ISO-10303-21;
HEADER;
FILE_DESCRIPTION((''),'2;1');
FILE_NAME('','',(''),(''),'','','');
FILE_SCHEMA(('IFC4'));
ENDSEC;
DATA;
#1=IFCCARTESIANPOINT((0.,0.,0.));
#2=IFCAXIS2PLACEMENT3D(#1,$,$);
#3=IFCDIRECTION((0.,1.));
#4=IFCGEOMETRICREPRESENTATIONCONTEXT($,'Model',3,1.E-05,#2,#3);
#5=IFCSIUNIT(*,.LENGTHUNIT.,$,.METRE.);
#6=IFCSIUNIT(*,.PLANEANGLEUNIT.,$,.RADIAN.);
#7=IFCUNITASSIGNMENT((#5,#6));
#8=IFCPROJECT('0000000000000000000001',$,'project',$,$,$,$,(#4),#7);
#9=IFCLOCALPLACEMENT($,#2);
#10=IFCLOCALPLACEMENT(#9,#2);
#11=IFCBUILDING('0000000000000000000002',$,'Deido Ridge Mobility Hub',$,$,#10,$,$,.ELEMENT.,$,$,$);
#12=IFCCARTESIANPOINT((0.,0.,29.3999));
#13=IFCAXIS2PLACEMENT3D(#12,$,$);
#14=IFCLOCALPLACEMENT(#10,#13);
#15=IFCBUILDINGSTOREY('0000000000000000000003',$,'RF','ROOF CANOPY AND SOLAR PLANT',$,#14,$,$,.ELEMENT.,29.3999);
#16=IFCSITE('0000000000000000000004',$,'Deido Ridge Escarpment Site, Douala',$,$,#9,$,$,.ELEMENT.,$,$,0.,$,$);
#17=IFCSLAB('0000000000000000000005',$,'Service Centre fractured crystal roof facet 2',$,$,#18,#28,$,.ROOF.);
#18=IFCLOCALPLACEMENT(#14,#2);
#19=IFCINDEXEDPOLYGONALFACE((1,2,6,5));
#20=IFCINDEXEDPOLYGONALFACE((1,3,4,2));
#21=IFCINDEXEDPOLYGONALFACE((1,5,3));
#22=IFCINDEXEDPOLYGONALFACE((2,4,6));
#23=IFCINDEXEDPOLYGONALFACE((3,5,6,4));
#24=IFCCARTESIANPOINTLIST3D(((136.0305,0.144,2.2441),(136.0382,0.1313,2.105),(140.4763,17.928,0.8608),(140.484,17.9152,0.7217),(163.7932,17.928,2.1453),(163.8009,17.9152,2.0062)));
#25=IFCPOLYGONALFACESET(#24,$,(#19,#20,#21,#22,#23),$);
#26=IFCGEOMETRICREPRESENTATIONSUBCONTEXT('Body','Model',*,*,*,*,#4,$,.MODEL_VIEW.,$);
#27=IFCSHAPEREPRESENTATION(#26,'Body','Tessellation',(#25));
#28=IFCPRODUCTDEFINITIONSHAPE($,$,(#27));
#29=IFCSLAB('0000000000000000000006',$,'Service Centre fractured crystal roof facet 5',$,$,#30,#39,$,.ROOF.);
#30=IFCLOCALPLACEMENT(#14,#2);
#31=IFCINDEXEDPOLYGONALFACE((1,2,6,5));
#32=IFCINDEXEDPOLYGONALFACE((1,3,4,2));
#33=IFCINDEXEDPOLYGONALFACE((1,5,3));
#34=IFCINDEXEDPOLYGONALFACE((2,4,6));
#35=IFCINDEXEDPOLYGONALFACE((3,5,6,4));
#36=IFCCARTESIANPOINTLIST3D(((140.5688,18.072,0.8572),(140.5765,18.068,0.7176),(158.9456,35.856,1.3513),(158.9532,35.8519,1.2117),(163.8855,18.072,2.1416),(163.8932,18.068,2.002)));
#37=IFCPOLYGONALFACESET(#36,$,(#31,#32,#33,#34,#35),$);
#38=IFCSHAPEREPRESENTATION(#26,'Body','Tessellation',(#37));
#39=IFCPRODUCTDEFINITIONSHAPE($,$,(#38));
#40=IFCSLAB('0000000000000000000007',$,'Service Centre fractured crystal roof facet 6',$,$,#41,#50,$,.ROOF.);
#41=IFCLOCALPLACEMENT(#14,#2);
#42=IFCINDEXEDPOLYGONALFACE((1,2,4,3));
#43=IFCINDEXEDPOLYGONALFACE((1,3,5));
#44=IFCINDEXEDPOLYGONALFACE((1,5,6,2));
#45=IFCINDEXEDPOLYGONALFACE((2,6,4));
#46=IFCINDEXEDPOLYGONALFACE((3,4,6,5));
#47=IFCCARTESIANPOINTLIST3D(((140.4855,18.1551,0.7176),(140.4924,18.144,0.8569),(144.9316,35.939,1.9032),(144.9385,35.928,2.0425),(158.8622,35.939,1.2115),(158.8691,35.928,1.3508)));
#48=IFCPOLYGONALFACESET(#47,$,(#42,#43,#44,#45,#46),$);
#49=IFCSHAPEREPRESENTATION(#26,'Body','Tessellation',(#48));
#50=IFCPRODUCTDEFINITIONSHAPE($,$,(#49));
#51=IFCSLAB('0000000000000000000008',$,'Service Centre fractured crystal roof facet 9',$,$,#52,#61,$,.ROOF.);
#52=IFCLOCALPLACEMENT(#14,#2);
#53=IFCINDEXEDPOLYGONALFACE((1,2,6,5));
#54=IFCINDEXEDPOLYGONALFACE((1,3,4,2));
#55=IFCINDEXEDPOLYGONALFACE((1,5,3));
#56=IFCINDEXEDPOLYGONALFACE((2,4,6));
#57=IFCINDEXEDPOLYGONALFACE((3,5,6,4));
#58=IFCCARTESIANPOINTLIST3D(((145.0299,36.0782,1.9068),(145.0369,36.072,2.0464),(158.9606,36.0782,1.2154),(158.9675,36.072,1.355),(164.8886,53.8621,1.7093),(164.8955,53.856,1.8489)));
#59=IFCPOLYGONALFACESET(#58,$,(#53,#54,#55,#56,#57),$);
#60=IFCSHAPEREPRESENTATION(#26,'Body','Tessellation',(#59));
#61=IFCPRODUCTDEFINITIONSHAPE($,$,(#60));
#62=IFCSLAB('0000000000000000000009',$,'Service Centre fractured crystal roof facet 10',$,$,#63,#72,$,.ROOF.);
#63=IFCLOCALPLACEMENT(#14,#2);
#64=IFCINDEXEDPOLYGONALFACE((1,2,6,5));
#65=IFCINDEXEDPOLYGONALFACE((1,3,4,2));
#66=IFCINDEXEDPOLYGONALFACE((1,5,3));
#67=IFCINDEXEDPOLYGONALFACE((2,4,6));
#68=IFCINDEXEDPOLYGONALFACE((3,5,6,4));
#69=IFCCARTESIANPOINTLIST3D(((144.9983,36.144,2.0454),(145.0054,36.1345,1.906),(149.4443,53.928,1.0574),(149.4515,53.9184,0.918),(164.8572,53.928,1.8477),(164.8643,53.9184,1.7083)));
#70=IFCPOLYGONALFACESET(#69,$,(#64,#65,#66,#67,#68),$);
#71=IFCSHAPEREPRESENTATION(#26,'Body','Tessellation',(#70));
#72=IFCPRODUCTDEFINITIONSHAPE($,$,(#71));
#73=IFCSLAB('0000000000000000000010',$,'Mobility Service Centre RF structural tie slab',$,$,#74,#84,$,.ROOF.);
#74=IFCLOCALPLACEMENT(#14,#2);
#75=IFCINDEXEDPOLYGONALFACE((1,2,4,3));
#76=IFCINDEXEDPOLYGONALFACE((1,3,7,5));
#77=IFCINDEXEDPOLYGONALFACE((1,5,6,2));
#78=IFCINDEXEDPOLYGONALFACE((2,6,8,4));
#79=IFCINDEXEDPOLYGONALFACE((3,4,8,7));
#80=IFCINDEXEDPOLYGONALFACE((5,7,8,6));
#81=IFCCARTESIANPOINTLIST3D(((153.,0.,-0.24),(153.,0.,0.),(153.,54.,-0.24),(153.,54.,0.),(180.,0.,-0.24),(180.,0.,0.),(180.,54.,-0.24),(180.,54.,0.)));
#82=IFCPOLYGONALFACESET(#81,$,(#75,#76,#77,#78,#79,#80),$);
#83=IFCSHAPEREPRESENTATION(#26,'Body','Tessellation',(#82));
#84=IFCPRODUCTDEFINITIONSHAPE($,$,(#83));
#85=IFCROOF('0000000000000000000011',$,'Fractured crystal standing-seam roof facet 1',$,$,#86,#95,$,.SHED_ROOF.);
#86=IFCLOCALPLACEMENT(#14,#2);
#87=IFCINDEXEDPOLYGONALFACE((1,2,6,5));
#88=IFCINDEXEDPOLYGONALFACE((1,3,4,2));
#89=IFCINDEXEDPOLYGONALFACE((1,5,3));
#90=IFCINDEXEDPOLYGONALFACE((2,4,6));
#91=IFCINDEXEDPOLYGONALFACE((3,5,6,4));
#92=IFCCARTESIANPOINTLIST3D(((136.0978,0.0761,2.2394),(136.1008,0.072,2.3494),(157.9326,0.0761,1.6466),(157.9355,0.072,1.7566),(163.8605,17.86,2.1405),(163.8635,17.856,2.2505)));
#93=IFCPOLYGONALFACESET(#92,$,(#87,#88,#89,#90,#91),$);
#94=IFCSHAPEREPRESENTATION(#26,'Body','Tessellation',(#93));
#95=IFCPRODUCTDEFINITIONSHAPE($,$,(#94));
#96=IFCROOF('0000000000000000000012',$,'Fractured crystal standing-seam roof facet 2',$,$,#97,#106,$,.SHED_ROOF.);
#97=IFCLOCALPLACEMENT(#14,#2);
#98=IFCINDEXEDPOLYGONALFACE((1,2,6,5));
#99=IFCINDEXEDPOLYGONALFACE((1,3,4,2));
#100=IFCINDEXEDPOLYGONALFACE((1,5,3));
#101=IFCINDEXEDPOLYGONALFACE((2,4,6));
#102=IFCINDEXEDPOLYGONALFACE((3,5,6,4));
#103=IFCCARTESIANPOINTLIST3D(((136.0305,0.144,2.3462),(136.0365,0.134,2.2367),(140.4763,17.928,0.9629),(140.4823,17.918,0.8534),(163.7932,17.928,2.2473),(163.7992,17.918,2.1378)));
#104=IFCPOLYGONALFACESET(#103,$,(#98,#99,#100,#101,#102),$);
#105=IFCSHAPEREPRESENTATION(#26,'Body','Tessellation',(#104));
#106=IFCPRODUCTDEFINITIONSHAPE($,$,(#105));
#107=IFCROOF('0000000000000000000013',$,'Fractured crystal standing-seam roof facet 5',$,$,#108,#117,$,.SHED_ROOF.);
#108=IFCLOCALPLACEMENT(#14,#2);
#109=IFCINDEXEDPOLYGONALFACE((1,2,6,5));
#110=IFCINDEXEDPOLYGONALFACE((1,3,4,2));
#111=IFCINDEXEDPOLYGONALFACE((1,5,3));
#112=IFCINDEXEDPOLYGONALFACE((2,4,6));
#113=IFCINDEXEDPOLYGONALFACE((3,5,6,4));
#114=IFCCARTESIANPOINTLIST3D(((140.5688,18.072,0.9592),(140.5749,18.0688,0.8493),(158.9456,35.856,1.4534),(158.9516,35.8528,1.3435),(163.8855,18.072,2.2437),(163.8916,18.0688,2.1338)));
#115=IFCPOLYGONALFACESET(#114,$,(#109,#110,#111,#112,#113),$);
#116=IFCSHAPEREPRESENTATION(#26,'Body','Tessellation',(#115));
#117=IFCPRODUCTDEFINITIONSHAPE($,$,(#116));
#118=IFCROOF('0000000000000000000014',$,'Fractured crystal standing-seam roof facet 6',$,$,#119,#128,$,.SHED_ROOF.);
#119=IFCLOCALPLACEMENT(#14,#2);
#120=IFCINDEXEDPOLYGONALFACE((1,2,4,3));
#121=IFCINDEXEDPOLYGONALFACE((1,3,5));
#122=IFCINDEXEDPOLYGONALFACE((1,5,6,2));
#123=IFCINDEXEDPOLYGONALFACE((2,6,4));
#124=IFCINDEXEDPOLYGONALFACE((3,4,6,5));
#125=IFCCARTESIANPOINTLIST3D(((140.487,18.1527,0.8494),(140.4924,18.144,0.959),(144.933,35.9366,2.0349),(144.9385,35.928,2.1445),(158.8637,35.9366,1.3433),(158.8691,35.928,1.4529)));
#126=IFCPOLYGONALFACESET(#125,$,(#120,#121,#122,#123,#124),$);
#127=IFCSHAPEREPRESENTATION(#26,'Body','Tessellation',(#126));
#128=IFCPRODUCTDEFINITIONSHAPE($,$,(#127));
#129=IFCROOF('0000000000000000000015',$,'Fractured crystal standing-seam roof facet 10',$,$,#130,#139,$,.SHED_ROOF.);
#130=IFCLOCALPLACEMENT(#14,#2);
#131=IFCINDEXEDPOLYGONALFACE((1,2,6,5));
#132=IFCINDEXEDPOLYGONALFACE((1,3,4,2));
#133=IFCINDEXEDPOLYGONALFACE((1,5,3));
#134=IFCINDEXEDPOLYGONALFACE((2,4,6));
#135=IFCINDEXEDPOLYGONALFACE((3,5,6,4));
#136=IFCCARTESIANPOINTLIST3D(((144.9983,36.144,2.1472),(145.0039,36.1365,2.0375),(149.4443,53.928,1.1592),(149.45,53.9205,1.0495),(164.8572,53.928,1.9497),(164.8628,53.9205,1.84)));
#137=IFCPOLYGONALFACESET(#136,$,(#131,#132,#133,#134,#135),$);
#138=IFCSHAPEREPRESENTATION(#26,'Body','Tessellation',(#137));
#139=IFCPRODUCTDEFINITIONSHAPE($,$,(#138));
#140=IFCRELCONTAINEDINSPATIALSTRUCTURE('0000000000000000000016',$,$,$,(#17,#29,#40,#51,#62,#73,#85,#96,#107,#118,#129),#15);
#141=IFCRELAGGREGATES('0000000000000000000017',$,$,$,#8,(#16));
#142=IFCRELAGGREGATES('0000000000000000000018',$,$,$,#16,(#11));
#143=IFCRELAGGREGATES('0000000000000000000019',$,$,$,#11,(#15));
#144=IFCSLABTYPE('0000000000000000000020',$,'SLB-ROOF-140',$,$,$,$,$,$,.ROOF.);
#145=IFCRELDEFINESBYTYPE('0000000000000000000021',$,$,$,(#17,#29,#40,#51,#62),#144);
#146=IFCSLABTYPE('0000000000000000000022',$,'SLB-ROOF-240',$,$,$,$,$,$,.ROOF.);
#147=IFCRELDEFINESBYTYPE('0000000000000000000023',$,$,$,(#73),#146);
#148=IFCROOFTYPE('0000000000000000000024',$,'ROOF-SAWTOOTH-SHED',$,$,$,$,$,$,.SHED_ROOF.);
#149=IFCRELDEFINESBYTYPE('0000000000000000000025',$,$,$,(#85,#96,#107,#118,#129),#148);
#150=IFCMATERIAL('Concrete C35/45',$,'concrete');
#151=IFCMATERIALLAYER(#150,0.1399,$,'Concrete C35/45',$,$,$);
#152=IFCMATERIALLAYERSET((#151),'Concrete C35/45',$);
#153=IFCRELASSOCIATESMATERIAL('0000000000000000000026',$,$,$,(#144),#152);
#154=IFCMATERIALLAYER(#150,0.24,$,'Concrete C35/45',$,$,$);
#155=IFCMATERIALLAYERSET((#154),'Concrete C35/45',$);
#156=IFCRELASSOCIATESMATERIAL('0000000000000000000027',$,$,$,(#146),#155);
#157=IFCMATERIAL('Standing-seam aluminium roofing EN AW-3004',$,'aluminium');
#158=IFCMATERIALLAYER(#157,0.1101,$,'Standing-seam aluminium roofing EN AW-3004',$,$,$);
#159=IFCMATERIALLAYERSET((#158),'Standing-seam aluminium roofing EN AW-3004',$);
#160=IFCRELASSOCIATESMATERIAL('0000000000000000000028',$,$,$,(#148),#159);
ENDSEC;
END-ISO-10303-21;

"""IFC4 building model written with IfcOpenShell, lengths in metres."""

from ifc_helpers import new_model, si_unit, direction, frame, origin, place, context, subcontext, project, spatial, polyline, outline, extrude, material, layer, layer_set, type_object, element, save


model = new_model("IFC4")

# Units and contexts
model_context = context("Model", 3, precision=1e-05, world=origin(), true_north=direction((0.0, 1.0)))
body_context = subcontext(model_context, "Body", "Model", "MODEL_VIEW")
ifc_project = project(units=[si_unit("LENGTHUNIT", "METRE"), si_unit("PLANEANGLEUNIT", "RADIAN")], contexts=[model_context])

# Site, building, storey
site_placement = place(None, origin())
site = spatial("IfcSite", under=ifc_project, at=site_placement, Name="Deido Ridge Escarpment Site, Douala", CompositionType="ELEMENT", RefElevation=0.0)
building_placement = place(site_placement, origin())
building = spatial("IfcBuilding", under=site, at=building_placement, Name="Deido Ridge Mobility Hub", CompositionType="ELEMENT")
storey_placement = place(building_placement, frame((0.0, 0.0, 29.3999)))
storey = spatial("IfcBuildingStorey", under=building, at=storey_placement, Name="RF", Description="ROOF CANOPY AND SOLAR PLANT", CompositionType="ELEMENT", Elevation=29.3999)

# Slabs
ifc_material_1 = material(Name="Concrete C35/45", Category="concrete")
ifc_layer_1 = layer(ifc_material_1, 0.1399, Name="Concrete C35/45")
ifc_layer_set_1 = layer_set([ifc_layer_1], Name="Concrete C35/45")
slab_type_1 = type_object("IfcSlabType", Name="SLB-ROOF-140", PredefinedType="ROOF", material=ifc_layer_set_1)
slab_1_placement = place(storey_placement, frame((136.0305, 0.144, 2.2441), z_axis=(-0.054774, 0.091036, 0.99434), x_axis=(0.84205, 0.539391, -0.002999)))
element("IfcSlab", 1, at=slab_1_placement, inside=storey, type_object=slab_type_1, Name="Service Centre fractured crystal roof facet 2", PredefinedType="ROOF", context=body_context, shape_type="SweptSolid", body=[
    extrude(outline(polyline([(0.0, 0.0), (32.9704, 0.0), (13.3402, 12.6485), (0.0, 0.0)])), origin(), (0.0, 0.0, -1.0), 0.1399),
])
slab_2_placement = place(storey_placement, frame((140.5688, 18.072, 0.8572), z_axis=(-0.054979, 0.02908, 0.998064), x_axis=(0.998486, 0.0, 0.055003)))
element("IfcSlab", 2, at=slab_2_placement, inside=storey, type_object=slab_type_1, Name="Service Centre fractured crystal roof facet 5", PredefinedType="ROOF", context=body_context, shape_type="SweptSolid", body=[
    extrude(outline(polyline([(0.0, 0.0), (23.352, 0.0), (18.3761, 17.7915), (0.0, 0.0)])), origin(), (0.0, 0.0, -1.0), 0.1399),
])
slab_3_placement = place(storey_placement, frame((140.4924, 18.144, 0.8569), z_axis=(0.049434, -0.078734, 0.995669), x_axis=(0.718468, 0.695292, 0.01931)))
element("IfcSlab", 3, at=slab_3_placement, inside=storey, type_object=slab_type_1, Name="Service Centre fractured crystal roof facet 6", PredefinedType="ROOF", context=body_context, shape_type="SweptSolid", body=[
    extrude(outline(polyline([(0.0, 0.0), (25.5776, 0.0), (15.5823, 9.728), (0.0, 0.0)])), origin(), (0.0, 0.0, -1.0), 0.1399),
])
slab_4_placement = place(storey_placement, frame((145.0369, 36.072, 2.0464), z_axis=(0.049522, -0.044218, 0.997794), x_axis=(0.998771, 0.0, -0.049571)))
element("IfcSlab", 4, at=slab_4_placement, inside=storey, type_object=slab_type_1, Name="Service Centre fractured crystal roof facet 9", PredefinedType="ROOF", context=body_context, shape_type="SweptSolid", body=[
    extrude(outline(polyline([(0.0, 0.0), (13.9478, 0.0), (19.844, 17.8013), (0.0, 0.0)])), origin(), (0.0, 0.0, -1.0), 0.1399),
])
slab_5_placement = place(storey_placement, frame((144.9983, 36.144, 2.0454), z_axis=(-0.051088, 0.068128, 0.996368), x_axis=(0.744933, 0.667098, -0.007418)))
element("IfcSlab", 5, at=slab_5_placement, inside=storey, type_object=slab_type_1, Name="Service Centre fractured crystal roof facet 10", PredefinedType="ROOF", context=body_context, shape_type="SweptSolid", body=[
    extrude(outline(polyline([(0.0, 0.0), (26.6586, 0.0), (15.183, 10.3194), (0.0, 0.0)])), origin(), (0.0, 0.0, -1.0), 0.1399),
])
ifc_layer_2 = layer(ifc_material_1, 0.24, Name="Concrete C35/45")
ifc_layer_set_2 = layer_set([ifc_layer_2], Name="Concrete C35/45")
slab_type_2 = type_object("IfcSlabType", Name="SLB-ROOF-240", PredefinedType="ROOF", material=ifc_layer_set_2)
slab_6_placement = place(storey_placement, frame((0.0, 0.0, -0.24)))
element("IfcSlab", 6, at=slab_6_placement, inside=storey, type_object=slab_type_2, Name="Mobility Service Centre RF structural tie slab", PredefinedType="ROOF", context=body_context, shape_type="SweptSolid", body=[
    extrude(outline(polyline([(153.0, 0.0), (180.0, 0.0), (180.0, 54.0), (153.0, 54.0), (153.0, 0.0)])), origin(), (0.0, 0.0, 1.0), 0.24),
])

# Roofs
ifc_material_2 = material(Name="Standing-seam aluminium roofing EN AW-3004", Category="aluminium")
ifc_layer_3 = layer(ifc_material_2, 0.1101, Name="Standing-seam aluminium roofing EN AW-3004")
ifc_layer_set_3 = layer_set([ifc_layer_3], Name="Standing-seam aluminium roofing EN AW-3004")
roof_type = type_object("IfcRoofType", Name="ROOF-SAWTOOTH-SHED", PredefinedType="SHED_ROOF", material=ifc_layer_set_3)
roof_1_placement = place(storey_placement, frame((136.1008, 0.072, 2.3494), z_axis=(0.02712, -0.036783, 0.998955), x_axis=(0.999632, 0.0, -0.027138)))
element("IfcRoof", 7, at=roof_1_placement, inside=storey, type_object=roof_type, Name="Fractured crystal standing-seam roof facet 1", PredefinedType="SHED_ROOF", context=body_context, shape_type="SweptSolid", body=[
    extrude(outline(polyline([(0.0, 0.0), (21.8428, 0.0), (27.7552, 17.796), (0.0, 0.0)])), origin(), (0.0, 0.0, -1.0), 0.1101),
])
roof_2_placement = place(storey_placement, frame((136.0305, 0.144, 2.3462), z_axis=(-0.054774, 0.091036, 0.99434), x_axis=(0.84205, 0.539391, -0.002999)))
element("IfcRoof", 8, at=roof_2_placement, inside=storey, type_object=roof_type, Name="Fractured crystal standing-seam roof facet 2", PredefinedType="SHED_ROOF", context=body_context, shape_type="SweptSolid", body=[
    extrude(outline(polyline([(0.0, 0.0), (32.9704, 0.0), (13.3402, 12.6485), (0.0, 0.0)])), origin(), (0.0, 0.0, -1.0), 0.1101),
])
roof_3_placement = place(storey_placement, frame((140.5688, 18.072, 0.9592), z_axis=(-0.054979, 0.02908, 0.998064), x_axis=(0.998486, 0.0, 0.055003)))
element("IfcRoof", 9, at=roof_3_placement, inside=storey, type_object=roof_type, Name="Fractured crystal standing-seam roof facet 5", PredefinedType="SHED_ROOF", context=body_context, shape_type="SweptSolid", body=[
    extrude(outline(polyline([(0.0, 0.0), (23.352, 0.0), (18.3761, 17.7915), (0.0, 0.0)])), origin(), (0.0, 0.0, -1.0), 0.1101),
])
roof_4_placement = place(storey_placement, frame((140.4924, 18.144, 0.959), z_axis=(0.049434, -0.078734, 0.995669), x_axis=(0.718468, 0.695292, 0.01931)))
element("IfcRoof", 10, at=roof_4_placement, inside=storey, type_object=roof_type, Name="Fractured crystal standing-seam roof facet 6", PredefinedType="SHED_ROOF", context=body_context, shape_type="SweptSolid", body=[
    extrude(outline(polyline([(0.0, 0.0), (25.5776, 0.0), (15.5823, 9.728), (0.0, 0.0)])), origin(), (0.0, 0.0, -1.0), 0.1101),
])
roof_5_placement = place(storey_placement, frame((144.9983, 36.144, 2.1472), z_axis=(-0.051104, 0.068132, 0.996367), x_axis=(0.744933, 0.667099, -0.007409)))
element("IfcRoof", 11, at=roof_5_placement, inside=storey, type_object=roof_type, Name="Fractured crystal standing-seam roof facet 10", PredefinedType="SHED_ROOF", context=body_context, shape_type="SweptSolid", body=[
    extrude(outline(polyline([(0.0, 0.0), (26.6586, 0.0), (15.183, 10.3194), (0.0, 0.0)])), origin(), (0.0, 0.0, -1.0), 0.1101),
])

save(model, "model.ifc")
